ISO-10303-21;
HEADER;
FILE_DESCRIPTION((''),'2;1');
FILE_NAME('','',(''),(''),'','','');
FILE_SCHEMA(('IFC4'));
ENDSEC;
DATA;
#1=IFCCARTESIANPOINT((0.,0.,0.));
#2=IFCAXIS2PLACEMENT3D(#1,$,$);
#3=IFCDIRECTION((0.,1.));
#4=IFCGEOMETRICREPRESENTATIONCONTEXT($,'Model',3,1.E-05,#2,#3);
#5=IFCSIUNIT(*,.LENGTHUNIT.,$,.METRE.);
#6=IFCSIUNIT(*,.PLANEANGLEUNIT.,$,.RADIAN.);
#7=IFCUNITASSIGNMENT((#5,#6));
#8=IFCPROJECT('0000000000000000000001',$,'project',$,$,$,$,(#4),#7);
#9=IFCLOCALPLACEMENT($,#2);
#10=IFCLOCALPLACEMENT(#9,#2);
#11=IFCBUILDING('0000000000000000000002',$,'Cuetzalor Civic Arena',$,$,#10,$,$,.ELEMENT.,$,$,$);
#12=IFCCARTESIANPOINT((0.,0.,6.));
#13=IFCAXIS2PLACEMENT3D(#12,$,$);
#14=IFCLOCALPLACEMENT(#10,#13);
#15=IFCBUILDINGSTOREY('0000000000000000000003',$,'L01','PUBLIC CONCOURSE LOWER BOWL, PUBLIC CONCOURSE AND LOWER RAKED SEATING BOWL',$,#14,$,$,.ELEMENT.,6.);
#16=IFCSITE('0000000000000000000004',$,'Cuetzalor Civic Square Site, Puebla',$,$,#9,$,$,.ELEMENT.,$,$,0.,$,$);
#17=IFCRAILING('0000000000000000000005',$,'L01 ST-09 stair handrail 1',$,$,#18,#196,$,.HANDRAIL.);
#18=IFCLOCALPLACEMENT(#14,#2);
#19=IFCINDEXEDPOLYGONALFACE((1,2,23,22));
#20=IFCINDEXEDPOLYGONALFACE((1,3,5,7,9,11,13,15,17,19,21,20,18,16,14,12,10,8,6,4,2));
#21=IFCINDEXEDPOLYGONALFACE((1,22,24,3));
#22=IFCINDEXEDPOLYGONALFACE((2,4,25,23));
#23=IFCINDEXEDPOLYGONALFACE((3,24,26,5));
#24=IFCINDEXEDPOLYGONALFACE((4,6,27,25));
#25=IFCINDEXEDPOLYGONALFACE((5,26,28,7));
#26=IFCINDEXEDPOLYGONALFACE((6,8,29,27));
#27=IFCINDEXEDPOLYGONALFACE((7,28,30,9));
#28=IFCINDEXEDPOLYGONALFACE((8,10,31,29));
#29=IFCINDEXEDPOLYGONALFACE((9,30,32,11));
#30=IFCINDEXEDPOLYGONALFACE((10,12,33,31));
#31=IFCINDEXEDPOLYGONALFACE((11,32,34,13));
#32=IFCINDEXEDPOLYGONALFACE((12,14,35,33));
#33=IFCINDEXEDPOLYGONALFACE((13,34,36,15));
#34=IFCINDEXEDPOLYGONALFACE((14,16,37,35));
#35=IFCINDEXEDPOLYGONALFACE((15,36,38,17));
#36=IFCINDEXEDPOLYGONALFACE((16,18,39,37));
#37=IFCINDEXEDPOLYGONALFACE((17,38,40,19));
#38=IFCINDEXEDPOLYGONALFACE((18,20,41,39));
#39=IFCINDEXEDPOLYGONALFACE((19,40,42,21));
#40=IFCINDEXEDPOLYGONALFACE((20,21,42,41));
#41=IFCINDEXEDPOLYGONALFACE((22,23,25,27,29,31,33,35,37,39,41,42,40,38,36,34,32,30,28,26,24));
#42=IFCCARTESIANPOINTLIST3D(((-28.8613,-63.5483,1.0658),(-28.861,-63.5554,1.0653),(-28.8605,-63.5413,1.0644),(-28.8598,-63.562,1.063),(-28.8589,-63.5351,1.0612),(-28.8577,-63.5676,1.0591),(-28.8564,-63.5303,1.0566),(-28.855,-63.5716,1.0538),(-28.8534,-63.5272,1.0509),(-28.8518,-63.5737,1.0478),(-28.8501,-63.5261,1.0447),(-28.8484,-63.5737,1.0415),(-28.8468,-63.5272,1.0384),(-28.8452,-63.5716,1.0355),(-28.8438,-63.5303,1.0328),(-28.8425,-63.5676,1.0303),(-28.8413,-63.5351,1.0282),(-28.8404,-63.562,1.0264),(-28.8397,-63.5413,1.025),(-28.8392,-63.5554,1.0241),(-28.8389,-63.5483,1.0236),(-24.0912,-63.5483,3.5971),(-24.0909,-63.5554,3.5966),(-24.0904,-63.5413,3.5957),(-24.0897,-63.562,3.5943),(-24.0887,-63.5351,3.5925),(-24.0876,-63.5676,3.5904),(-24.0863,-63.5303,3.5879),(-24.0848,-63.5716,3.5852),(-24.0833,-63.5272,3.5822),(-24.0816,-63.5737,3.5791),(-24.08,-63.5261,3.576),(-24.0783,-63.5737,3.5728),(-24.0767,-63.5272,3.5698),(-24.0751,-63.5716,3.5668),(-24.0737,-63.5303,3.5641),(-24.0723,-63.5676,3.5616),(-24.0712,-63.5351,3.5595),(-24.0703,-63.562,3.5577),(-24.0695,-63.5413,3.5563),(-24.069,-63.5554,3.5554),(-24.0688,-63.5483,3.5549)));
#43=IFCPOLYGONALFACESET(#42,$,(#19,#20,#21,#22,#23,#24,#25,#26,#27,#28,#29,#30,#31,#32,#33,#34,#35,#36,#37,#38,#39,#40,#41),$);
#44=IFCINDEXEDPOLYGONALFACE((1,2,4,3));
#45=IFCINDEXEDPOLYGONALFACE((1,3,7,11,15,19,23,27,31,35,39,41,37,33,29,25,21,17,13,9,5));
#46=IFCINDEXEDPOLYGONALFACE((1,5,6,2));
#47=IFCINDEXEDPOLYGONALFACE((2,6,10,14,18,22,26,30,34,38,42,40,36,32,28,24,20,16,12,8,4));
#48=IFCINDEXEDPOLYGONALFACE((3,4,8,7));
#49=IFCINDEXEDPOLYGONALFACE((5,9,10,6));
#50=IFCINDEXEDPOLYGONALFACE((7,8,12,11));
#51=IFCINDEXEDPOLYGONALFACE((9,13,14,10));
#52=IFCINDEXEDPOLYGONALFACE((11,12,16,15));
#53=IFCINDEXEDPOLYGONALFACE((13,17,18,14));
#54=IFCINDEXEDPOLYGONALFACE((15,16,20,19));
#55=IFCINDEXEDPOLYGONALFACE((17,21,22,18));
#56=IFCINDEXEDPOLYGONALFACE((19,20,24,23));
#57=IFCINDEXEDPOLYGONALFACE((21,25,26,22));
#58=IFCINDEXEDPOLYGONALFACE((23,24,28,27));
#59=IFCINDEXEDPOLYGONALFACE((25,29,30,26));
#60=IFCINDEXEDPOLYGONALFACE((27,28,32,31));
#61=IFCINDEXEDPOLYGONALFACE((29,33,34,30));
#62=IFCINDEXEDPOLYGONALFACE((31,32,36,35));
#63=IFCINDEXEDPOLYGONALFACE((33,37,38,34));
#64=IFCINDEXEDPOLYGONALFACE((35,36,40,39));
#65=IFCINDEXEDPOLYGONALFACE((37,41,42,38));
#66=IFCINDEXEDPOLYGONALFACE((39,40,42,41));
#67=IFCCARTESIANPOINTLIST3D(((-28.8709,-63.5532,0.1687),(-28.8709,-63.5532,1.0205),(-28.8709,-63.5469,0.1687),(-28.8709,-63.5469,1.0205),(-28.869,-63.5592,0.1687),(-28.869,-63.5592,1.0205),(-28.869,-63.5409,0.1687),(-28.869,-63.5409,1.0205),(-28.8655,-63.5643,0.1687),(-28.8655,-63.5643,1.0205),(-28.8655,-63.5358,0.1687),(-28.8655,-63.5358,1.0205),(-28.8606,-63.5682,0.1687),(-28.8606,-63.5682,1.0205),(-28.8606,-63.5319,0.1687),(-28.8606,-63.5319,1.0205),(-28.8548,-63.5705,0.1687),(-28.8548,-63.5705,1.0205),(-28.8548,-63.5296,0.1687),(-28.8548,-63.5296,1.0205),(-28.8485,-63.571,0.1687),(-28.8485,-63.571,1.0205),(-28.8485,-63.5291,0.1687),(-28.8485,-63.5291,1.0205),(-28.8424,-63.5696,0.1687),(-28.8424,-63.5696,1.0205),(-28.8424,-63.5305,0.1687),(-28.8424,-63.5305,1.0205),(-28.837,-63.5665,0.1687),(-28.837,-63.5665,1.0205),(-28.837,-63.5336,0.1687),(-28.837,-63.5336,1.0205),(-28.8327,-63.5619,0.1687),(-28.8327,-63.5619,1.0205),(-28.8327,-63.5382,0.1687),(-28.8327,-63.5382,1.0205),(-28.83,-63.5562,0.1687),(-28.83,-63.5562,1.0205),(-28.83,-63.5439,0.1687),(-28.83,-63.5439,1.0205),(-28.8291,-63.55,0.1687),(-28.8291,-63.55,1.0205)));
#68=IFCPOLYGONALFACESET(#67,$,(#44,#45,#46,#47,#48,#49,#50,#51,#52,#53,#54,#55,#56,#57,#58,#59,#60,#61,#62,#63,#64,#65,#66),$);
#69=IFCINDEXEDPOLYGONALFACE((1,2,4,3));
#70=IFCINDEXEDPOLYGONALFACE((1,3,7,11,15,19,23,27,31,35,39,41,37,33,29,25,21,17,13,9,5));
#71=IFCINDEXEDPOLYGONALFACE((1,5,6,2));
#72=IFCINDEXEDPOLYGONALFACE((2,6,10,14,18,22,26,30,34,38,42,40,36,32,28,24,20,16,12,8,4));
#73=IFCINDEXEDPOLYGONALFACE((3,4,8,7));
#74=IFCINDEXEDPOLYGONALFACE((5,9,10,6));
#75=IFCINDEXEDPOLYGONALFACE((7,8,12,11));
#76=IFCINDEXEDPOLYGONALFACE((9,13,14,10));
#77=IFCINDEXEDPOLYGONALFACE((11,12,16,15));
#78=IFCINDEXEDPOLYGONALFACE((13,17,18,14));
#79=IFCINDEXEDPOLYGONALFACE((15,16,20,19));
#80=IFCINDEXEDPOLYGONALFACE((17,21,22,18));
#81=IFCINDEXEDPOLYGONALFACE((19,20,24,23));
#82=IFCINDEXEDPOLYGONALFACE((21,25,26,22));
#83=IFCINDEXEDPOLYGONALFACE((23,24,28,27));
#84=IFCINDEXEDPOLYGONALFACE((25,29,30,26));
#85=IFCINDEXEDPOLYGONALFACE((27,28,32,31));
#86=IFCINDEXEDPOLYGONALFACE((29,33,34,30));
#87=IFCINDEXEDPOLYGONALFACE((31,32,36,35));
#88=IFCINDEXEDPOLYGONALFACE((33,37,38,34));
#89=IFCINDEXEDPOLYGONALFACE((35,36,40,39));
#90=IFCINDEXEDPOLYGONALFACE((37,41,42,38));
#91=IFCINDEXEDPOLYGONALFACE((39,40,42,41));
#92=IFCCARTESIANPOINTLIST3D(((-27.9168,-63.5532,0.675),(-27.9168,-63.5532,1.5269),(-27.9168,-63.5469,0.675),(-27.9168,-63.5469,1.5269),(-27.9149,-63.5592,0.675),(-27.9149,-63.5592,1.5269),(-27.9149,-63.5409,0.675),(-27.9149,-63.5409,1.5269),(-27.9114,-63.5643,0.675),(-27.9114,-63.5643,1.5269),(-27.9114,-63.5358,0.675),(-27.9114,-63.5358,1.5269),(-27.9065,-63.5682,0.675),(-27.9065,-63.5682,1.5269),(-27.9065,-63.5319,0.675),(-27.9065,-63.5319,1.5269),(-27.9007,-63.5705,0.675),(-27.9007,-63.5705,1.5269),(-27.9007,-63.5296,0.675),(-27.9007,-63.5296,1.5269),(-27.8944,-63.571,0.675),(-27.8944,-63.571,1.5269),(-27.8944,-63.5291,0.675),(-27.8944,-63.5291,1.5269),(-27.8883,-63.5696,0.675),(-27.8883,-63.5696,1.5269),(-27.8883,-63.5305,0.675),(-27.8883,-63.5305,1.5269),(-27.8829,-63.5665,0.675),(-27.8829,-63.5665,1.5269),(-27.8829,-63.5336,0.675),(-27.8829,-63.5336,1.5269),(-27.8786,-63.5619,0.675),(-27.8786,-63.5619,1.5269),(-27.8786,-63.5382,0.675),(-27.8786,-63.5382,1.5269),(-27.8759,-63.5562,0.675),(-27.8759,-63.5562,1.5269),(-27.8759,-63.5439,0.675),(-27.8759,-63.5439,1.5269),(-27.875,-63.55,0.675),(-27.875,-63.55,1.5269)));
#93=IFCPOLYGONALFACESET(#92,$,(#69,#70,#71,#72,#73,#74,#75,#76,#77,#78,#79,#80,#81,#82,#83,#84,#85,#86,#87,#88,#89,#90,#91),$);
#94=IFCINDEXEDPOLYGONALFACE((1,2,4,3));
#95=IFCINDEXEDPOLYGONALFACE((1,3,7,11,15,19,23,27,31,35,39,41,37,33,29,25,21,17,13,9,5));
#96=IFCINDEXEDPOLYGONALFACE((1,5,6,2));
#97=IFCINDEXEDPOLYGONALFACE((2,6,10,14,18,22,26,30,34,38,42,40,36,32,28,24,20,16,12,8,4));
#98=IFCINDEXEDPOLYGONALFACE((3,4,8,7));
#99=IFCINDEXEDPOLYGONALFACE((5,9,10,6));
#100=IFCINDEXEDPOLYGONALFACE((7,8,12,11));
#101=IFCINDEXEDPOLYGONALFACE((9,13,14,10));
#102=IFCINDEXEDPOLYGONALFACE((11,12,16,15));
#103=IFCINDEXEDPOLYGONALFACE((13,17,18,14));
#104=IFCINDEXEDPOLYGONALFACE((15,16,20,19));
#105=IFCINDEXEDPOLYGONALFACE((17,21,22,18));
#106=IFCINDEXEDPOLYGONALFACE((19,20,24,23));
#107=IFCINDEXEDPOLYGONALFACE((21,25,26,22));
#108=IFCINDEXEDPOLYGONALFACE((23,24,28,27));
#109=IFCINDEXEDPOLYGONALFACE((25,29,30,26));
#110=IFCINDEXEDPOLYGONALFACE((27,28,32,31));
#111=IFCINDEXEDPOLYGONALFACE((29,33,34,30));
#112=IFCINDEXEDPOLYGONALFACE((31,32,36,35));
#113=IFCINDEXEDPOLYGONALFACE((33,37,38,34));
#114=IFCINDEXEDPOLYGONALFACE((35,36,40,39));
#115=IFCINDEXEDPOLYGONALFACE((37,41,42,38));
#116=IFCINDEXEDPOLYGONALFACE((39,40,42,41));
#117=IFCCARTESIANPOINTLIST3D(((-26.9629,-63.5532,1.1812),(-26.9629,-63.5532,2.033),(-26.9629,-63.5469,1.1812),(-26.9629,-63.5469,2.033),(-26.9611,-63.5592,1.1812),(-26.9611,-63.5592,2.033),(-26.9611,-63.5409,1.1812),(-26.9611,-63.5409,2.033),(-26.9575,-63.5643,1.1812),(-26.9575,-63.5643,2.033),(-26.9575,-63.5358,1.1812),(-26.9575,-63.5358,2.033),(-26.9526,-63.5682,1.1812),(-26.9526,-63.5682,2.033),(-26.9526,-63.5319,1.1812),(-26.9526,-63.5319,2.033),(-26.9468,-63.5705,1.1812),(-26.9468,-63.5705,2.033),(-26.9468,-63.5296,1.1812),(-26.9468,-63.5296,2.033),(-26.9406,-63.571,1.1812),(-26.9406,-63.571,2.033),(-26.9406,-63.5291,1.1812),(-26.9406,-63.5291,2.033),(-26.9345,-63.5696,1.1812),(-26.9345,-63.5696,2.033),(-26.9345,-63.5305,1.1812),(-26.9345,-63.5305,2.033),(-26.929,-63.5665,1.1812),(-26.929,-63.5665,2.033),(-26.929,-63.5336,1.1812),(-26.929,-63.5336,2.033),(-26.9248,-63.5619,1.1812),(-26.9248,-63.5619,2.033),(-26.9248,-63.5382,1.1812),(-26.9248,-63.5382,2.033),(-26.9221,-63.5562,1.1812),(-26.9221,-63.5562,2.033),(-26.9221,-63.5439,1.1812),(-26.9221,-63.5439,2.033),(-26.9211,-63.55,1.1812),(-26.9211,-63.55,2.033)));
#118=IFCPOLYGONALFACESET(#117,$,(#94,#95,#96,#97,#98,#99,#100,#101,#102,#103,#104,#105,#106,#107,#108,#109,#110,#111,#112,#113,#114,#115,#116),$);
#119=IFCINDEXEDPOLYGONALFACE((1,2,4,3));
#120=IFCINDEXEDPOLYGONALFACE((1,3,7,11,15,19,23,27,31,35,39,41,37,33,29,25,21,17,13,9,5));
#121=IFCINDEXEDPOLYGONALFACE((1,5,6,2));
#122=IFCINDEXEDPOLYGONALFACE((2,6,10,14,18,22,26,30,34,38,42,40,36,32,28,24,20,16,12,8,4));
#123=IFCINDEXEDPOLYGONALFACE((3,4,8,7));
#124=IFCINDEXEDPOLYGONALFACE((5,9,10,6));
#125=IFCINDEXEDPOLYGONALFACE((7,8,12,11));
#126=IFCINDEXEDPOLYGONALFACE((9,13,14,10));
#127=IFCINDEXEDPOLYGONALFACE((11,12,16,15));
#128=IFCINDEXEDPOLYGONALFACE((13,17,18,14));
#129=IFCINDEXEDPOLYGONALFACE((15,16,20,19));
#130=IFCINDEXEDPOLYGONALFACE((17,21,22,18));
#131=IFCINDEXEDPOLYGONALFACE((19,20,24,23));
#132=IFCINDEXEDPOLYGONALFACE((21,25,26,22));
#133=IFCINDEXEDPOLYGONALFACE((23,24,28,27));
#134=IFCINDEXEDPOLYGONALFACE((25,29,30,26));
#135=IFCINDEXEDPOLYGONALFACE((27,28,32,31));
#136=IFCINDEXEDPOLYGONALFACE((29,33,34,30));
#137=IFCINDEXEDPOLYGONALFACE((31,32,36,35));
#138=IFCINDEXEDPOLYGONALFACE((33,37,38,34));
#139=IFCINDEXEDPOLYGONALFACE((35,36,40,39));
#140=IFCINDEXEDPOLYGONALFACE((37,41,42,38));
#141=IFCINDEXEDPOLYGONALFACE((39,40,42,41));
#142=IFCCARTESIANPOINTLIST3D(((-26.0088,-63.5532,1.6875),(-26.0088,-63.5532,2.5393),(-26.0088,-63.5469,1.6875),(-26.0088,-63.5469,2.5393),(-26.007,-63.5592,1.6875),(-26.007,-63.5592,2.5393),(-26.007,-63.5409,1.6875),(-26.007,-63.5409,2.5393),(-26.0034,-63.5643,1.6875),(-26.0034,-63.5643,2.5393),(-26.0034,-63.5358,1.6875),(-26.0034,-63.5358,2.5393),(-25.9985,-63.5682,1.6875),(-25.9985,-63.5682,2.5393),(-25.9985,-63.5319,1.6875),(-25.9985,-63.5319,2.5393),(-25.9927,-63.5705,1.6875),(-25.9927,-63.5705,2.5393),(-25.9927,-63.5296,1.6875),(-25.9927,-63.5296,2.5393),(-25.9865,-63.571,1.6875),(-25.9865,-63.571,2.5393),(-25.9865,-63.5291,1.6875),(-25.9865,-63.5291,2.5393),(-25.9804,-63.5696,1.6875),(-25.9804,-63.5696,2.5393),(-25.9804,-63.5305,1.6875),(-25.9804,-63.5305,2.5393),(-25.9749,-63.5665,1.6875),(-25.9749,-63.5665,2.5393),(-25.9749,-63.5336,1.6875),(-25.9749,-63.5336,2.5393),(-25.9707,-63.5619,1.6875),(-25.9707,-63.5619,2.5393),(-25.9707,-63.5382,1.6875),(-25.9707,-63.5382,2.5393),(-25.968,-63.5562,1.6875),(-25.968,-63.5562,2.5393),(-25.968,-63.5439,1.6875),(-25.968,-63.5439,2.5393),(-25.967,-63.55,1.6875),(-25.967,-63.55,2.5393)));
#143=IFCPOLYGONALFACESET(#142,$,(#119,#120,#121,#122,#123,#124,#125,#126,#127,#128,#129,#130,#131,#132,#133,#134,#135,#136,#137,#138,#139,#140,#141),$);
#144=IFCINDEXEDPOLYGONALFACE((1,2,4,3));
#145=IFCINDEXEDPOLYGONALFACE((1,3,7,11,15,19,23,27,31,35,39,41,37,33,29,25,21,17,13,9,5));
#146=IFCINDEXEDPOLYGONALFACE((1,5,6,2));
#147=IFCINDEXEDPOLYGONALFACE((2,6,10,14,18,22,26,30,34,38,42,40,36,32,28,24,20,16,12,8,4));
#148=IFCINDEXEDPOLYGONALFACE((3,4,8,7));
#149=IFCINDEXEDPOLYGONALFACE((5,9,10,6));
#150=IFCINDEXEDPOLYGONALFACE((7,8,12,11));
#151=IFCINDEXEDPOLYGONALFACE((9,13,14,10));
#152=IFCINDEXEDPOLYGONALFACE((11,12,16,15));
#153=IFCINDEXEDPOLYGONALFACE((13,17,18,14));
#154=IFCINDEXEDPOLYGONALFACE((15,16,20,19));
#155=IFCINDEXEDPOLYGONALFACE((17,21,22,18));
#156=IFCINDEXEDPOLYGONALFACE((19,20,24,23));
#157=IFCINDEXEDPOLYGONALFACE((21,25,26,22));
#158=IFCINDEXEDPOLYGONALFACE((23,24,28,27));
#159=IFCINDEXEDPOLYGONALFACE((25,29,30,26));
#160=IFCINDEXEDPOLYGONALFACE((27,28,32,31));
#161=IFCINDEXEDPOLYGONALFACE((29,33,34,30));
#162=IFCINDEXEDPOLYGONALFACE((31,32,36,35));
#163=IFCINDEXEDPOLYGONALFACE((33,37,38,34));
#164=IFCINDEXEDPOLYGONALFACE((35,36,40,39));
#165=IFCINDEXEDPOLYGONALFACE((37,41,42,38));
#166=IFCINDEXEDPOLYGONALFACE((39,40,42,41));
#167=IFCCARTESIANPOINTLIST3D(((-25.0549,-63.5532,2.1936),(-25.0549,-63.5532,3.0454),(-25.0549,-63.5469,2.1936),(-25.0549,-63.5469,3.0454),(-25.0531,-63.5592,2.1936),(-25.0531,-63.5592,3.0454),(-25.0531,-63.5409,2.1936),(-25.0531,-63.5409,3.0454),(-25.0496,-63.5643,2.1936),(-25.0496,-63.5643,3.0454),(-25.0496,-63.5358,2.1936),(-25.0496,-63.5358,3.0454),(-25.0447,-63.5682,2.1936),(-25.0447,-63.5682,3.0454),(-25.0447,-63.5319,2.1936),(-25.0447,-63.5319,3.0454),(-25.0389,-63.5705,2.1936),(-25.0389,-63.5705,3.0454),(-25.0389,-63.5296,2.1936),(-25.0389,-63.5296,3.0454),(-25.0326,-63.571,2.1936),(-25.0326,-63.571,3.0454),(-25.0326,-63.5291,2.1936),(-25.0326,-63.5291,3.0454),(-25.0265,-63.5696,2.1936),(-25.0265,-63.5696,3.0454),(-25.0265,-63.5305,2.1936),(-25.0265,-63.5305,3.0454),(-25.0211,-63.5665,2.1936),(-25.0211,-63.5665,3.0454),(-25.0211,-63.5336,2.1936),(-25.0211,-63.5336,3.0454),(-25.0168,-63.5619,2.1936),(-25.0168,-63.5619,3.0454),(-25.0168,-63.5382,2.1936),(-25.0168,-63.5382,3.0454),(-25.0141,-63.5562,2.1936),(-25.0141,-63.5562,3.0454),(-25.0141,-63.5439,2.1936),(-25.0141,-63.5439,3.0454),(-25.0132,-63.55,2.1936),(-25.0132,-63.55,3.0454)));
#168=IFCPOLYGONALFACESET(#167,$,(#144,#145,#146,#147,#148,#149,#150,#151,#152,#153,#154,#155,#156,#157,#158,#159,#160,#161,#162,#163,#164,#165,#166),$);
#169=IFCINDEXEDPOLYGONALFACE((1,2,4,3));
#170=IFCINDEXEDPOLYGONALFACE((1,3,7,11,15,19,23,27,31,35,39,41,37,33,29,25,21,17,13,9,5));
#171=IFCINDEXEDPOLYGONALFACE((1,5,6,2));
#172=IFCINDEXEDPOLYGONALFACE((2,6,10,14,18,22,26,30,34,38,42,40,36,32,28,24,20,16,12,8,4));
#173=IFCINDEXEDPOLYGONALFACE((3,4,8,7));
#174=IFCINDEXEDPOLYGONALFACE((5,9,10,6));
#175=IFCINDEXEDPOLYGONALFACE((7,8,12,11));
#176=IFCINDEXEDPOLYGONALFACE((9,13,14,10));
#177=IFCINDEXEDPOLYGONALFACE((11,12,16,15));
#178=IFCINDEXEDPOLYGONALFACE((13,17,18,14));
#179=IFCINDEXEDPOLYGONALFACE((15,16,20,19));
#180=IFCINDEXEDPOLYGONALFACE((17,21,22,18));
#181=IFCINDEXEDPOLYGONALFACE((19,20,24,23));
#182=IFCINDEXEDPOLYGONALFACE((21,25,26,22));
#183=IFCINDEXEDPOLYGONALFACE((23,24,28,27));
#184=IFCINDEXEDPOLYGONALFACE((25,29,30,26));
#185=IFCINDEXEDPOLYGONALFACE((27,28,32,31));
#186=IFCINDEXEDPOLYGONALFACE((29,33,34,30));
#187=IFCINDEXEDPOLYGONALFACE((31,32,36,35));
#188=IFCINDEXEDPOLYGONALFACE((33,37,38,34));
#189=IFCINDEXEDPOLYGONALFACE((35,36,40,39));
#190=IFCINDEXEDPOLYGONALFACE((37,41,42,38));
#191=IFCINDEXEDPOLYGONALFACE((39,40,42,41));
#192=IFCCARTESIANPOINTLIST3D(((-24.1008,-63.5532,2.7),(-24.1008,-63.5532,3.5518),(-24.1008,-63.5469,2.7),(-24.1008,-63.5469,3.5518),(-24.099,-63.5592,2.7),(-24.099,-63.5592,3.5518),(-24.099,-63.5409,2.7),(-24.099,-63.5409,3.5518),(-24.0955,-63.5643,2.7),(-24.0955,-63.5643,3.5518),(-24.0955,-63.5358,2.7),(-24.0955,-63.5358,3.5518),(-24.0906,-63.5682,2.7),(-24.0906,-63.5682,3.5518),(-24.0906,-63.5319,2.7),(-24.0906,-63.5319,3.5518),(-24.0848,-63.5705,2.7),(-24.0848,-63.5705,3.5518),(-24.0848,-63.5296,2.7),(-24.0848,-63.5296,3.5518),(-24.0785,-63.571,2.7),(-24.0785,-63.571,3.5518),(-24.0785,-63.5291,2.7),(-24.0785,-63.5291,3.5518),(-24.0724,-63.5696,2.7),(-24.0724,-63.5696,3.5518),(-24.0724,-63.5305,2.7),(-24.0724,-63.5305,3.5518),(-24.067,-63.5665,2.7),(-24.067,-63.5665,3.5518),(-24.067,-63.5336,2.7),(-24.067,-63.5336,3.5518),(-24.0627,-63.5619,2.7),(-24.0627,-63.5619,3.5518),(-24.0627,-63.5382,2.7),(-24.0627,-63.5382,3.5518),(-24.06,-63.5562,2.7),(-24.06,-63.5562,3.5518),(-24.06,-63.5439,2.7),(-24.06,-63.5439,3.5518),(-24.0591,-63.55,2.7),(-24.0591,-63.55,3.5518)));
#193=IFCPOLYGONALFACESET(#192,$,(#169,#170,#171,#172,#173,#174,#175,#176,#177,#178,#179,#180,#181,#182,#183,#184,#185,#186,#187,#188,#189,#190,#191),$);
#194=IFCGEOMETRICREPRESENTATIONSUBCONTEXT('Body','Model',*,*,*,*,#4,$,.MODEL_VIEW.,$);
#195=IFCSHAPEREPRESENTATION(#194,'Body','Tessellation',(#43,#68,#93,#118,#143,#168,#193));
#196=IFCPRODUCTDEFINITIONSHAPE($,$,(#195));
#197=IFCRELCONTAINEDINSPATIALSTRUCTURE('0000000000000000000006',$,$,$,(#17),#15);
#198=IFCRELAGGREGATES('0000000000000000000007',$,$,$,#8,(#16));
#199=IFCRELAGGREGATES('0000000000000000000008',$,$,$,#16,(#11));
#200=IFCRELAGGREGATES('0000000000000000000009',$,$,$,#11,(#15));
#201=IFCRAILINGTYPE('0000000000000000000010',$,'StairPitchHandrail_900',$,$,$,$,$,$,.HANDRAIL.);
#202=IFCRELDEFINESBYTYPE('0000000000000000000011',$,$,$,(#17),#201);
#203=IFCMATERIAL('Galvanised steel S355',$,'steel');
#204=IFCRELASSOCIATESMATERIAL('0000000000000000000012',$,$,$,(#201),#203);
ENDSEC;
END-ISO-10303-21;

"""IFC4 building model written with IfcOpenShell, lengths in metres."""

from ifc_helpers import new_model, si_unit, direction, frame, origin, origin_2d, place, context, subcontext, project, spatial, circle, extrude, material, type_object, element, save


model = new_model("IFC4")

# Units and contexts
model_context = context("Model", 3, precision=1e-05, world=origin(), true_north=direction((0.0, 1.0)))
body_context = subcontext(model_context, "Body", "Model", "MODEL_VIEW")
ifc_project = project(units=[si_unit("LENGTHUNIT", "METRE"), si_unit("PLANEANGLEUNIT", "RADIAN")], contexts=[model_context])

# Site, building, storey
site_placement = place(None, origin())
site = spatial("IfcSite", under=ifc_project, at=site_placement, Name="Cuetzalor Civic Square Site, Puebla", CompositionType="ELEMENT", RefElevation=0.0)
building_placement = place(site_placement, origin())
building = spatial("IfcBuilding", under=site, at=building_placement, Name="Cuetzalor Civic Arena", CompositionType="ELEMENT")
storey_placement = place(building_placement, frame((0.0, 0.0, 6.0)))
storey = spatial("IfcBuildingStorey", under=building, at=storey_placement, Name="L01", Description="PUBLIC CONCOURSE LOWER BOWL, PUBLIC CONCOURSE AND LOWER RAKED SEATING BOWL", CompositionType="ELEMENT", Elevation=6.0)

# Railing
ifc_material_1 = material(Name="Galvanised steel S355", Category="steel")
railing_type_1 = type_object("IfcRailingType", Name="StairPitchHandrail_900", PredefinedType="HANDRAIL", material=ifc_material_1)
railing_1_placement = place(storey_placement, frame((-28.8501, -63.55, 0.1687)))
element("IfcRailing", 1, at=railing_1_placement, inside=storey, type_object=railing_type_1, Name="L01 ST-09 stair handrail 1", PredefinedType="HANDRAIL", context=body_context, shape_type="SweptSolid", body=[
    extrude(circle(Radius=0.0239, at=origin_2d()), frame((0.0, 0.0, 0.876), z_axis=(0.883332, 0.0, 0.468747), x_axis=(0.0, 1.0, 0.0)), (0.0, 0.0, 1.0), 5.4001),
    extrude(circle(Radius=0.021, at=origin_2d()), origin(), (0.0, 0.0, 1.0), 0.8518),
    extrude(circle(Radius=0.021, at=origin_2d()), frame((0.9541, 0.0, 0.5063)), (0.0, 0.0, 1.0), 0.8518),
    extrude(circle(Radius=0.021, at=origin_2d()), frame((1.908, 0.0, 1.0125)), (0.0, 0.0, 1.0), 0.8518),
    extrude(circle(Radius=0.021, at=origin_2d()), frame((2.8621, 0.0, 1.5188)), (0.0, 0.0, 1.0), 0.8518),
    extrude(circle(Radius=0.021, at=origin_2d()), frame((3.8159, 0.0, 2.0249)), (0.0, 0.0, 1.0), 0.8518),
    extrude(circle(Radius=0.021, at=origin_2d()), frame((4.77, 0.0, 2.5312)), (0.0, 0.0, 1.0), 0.8518),
])

save(model, "model.ifc")
